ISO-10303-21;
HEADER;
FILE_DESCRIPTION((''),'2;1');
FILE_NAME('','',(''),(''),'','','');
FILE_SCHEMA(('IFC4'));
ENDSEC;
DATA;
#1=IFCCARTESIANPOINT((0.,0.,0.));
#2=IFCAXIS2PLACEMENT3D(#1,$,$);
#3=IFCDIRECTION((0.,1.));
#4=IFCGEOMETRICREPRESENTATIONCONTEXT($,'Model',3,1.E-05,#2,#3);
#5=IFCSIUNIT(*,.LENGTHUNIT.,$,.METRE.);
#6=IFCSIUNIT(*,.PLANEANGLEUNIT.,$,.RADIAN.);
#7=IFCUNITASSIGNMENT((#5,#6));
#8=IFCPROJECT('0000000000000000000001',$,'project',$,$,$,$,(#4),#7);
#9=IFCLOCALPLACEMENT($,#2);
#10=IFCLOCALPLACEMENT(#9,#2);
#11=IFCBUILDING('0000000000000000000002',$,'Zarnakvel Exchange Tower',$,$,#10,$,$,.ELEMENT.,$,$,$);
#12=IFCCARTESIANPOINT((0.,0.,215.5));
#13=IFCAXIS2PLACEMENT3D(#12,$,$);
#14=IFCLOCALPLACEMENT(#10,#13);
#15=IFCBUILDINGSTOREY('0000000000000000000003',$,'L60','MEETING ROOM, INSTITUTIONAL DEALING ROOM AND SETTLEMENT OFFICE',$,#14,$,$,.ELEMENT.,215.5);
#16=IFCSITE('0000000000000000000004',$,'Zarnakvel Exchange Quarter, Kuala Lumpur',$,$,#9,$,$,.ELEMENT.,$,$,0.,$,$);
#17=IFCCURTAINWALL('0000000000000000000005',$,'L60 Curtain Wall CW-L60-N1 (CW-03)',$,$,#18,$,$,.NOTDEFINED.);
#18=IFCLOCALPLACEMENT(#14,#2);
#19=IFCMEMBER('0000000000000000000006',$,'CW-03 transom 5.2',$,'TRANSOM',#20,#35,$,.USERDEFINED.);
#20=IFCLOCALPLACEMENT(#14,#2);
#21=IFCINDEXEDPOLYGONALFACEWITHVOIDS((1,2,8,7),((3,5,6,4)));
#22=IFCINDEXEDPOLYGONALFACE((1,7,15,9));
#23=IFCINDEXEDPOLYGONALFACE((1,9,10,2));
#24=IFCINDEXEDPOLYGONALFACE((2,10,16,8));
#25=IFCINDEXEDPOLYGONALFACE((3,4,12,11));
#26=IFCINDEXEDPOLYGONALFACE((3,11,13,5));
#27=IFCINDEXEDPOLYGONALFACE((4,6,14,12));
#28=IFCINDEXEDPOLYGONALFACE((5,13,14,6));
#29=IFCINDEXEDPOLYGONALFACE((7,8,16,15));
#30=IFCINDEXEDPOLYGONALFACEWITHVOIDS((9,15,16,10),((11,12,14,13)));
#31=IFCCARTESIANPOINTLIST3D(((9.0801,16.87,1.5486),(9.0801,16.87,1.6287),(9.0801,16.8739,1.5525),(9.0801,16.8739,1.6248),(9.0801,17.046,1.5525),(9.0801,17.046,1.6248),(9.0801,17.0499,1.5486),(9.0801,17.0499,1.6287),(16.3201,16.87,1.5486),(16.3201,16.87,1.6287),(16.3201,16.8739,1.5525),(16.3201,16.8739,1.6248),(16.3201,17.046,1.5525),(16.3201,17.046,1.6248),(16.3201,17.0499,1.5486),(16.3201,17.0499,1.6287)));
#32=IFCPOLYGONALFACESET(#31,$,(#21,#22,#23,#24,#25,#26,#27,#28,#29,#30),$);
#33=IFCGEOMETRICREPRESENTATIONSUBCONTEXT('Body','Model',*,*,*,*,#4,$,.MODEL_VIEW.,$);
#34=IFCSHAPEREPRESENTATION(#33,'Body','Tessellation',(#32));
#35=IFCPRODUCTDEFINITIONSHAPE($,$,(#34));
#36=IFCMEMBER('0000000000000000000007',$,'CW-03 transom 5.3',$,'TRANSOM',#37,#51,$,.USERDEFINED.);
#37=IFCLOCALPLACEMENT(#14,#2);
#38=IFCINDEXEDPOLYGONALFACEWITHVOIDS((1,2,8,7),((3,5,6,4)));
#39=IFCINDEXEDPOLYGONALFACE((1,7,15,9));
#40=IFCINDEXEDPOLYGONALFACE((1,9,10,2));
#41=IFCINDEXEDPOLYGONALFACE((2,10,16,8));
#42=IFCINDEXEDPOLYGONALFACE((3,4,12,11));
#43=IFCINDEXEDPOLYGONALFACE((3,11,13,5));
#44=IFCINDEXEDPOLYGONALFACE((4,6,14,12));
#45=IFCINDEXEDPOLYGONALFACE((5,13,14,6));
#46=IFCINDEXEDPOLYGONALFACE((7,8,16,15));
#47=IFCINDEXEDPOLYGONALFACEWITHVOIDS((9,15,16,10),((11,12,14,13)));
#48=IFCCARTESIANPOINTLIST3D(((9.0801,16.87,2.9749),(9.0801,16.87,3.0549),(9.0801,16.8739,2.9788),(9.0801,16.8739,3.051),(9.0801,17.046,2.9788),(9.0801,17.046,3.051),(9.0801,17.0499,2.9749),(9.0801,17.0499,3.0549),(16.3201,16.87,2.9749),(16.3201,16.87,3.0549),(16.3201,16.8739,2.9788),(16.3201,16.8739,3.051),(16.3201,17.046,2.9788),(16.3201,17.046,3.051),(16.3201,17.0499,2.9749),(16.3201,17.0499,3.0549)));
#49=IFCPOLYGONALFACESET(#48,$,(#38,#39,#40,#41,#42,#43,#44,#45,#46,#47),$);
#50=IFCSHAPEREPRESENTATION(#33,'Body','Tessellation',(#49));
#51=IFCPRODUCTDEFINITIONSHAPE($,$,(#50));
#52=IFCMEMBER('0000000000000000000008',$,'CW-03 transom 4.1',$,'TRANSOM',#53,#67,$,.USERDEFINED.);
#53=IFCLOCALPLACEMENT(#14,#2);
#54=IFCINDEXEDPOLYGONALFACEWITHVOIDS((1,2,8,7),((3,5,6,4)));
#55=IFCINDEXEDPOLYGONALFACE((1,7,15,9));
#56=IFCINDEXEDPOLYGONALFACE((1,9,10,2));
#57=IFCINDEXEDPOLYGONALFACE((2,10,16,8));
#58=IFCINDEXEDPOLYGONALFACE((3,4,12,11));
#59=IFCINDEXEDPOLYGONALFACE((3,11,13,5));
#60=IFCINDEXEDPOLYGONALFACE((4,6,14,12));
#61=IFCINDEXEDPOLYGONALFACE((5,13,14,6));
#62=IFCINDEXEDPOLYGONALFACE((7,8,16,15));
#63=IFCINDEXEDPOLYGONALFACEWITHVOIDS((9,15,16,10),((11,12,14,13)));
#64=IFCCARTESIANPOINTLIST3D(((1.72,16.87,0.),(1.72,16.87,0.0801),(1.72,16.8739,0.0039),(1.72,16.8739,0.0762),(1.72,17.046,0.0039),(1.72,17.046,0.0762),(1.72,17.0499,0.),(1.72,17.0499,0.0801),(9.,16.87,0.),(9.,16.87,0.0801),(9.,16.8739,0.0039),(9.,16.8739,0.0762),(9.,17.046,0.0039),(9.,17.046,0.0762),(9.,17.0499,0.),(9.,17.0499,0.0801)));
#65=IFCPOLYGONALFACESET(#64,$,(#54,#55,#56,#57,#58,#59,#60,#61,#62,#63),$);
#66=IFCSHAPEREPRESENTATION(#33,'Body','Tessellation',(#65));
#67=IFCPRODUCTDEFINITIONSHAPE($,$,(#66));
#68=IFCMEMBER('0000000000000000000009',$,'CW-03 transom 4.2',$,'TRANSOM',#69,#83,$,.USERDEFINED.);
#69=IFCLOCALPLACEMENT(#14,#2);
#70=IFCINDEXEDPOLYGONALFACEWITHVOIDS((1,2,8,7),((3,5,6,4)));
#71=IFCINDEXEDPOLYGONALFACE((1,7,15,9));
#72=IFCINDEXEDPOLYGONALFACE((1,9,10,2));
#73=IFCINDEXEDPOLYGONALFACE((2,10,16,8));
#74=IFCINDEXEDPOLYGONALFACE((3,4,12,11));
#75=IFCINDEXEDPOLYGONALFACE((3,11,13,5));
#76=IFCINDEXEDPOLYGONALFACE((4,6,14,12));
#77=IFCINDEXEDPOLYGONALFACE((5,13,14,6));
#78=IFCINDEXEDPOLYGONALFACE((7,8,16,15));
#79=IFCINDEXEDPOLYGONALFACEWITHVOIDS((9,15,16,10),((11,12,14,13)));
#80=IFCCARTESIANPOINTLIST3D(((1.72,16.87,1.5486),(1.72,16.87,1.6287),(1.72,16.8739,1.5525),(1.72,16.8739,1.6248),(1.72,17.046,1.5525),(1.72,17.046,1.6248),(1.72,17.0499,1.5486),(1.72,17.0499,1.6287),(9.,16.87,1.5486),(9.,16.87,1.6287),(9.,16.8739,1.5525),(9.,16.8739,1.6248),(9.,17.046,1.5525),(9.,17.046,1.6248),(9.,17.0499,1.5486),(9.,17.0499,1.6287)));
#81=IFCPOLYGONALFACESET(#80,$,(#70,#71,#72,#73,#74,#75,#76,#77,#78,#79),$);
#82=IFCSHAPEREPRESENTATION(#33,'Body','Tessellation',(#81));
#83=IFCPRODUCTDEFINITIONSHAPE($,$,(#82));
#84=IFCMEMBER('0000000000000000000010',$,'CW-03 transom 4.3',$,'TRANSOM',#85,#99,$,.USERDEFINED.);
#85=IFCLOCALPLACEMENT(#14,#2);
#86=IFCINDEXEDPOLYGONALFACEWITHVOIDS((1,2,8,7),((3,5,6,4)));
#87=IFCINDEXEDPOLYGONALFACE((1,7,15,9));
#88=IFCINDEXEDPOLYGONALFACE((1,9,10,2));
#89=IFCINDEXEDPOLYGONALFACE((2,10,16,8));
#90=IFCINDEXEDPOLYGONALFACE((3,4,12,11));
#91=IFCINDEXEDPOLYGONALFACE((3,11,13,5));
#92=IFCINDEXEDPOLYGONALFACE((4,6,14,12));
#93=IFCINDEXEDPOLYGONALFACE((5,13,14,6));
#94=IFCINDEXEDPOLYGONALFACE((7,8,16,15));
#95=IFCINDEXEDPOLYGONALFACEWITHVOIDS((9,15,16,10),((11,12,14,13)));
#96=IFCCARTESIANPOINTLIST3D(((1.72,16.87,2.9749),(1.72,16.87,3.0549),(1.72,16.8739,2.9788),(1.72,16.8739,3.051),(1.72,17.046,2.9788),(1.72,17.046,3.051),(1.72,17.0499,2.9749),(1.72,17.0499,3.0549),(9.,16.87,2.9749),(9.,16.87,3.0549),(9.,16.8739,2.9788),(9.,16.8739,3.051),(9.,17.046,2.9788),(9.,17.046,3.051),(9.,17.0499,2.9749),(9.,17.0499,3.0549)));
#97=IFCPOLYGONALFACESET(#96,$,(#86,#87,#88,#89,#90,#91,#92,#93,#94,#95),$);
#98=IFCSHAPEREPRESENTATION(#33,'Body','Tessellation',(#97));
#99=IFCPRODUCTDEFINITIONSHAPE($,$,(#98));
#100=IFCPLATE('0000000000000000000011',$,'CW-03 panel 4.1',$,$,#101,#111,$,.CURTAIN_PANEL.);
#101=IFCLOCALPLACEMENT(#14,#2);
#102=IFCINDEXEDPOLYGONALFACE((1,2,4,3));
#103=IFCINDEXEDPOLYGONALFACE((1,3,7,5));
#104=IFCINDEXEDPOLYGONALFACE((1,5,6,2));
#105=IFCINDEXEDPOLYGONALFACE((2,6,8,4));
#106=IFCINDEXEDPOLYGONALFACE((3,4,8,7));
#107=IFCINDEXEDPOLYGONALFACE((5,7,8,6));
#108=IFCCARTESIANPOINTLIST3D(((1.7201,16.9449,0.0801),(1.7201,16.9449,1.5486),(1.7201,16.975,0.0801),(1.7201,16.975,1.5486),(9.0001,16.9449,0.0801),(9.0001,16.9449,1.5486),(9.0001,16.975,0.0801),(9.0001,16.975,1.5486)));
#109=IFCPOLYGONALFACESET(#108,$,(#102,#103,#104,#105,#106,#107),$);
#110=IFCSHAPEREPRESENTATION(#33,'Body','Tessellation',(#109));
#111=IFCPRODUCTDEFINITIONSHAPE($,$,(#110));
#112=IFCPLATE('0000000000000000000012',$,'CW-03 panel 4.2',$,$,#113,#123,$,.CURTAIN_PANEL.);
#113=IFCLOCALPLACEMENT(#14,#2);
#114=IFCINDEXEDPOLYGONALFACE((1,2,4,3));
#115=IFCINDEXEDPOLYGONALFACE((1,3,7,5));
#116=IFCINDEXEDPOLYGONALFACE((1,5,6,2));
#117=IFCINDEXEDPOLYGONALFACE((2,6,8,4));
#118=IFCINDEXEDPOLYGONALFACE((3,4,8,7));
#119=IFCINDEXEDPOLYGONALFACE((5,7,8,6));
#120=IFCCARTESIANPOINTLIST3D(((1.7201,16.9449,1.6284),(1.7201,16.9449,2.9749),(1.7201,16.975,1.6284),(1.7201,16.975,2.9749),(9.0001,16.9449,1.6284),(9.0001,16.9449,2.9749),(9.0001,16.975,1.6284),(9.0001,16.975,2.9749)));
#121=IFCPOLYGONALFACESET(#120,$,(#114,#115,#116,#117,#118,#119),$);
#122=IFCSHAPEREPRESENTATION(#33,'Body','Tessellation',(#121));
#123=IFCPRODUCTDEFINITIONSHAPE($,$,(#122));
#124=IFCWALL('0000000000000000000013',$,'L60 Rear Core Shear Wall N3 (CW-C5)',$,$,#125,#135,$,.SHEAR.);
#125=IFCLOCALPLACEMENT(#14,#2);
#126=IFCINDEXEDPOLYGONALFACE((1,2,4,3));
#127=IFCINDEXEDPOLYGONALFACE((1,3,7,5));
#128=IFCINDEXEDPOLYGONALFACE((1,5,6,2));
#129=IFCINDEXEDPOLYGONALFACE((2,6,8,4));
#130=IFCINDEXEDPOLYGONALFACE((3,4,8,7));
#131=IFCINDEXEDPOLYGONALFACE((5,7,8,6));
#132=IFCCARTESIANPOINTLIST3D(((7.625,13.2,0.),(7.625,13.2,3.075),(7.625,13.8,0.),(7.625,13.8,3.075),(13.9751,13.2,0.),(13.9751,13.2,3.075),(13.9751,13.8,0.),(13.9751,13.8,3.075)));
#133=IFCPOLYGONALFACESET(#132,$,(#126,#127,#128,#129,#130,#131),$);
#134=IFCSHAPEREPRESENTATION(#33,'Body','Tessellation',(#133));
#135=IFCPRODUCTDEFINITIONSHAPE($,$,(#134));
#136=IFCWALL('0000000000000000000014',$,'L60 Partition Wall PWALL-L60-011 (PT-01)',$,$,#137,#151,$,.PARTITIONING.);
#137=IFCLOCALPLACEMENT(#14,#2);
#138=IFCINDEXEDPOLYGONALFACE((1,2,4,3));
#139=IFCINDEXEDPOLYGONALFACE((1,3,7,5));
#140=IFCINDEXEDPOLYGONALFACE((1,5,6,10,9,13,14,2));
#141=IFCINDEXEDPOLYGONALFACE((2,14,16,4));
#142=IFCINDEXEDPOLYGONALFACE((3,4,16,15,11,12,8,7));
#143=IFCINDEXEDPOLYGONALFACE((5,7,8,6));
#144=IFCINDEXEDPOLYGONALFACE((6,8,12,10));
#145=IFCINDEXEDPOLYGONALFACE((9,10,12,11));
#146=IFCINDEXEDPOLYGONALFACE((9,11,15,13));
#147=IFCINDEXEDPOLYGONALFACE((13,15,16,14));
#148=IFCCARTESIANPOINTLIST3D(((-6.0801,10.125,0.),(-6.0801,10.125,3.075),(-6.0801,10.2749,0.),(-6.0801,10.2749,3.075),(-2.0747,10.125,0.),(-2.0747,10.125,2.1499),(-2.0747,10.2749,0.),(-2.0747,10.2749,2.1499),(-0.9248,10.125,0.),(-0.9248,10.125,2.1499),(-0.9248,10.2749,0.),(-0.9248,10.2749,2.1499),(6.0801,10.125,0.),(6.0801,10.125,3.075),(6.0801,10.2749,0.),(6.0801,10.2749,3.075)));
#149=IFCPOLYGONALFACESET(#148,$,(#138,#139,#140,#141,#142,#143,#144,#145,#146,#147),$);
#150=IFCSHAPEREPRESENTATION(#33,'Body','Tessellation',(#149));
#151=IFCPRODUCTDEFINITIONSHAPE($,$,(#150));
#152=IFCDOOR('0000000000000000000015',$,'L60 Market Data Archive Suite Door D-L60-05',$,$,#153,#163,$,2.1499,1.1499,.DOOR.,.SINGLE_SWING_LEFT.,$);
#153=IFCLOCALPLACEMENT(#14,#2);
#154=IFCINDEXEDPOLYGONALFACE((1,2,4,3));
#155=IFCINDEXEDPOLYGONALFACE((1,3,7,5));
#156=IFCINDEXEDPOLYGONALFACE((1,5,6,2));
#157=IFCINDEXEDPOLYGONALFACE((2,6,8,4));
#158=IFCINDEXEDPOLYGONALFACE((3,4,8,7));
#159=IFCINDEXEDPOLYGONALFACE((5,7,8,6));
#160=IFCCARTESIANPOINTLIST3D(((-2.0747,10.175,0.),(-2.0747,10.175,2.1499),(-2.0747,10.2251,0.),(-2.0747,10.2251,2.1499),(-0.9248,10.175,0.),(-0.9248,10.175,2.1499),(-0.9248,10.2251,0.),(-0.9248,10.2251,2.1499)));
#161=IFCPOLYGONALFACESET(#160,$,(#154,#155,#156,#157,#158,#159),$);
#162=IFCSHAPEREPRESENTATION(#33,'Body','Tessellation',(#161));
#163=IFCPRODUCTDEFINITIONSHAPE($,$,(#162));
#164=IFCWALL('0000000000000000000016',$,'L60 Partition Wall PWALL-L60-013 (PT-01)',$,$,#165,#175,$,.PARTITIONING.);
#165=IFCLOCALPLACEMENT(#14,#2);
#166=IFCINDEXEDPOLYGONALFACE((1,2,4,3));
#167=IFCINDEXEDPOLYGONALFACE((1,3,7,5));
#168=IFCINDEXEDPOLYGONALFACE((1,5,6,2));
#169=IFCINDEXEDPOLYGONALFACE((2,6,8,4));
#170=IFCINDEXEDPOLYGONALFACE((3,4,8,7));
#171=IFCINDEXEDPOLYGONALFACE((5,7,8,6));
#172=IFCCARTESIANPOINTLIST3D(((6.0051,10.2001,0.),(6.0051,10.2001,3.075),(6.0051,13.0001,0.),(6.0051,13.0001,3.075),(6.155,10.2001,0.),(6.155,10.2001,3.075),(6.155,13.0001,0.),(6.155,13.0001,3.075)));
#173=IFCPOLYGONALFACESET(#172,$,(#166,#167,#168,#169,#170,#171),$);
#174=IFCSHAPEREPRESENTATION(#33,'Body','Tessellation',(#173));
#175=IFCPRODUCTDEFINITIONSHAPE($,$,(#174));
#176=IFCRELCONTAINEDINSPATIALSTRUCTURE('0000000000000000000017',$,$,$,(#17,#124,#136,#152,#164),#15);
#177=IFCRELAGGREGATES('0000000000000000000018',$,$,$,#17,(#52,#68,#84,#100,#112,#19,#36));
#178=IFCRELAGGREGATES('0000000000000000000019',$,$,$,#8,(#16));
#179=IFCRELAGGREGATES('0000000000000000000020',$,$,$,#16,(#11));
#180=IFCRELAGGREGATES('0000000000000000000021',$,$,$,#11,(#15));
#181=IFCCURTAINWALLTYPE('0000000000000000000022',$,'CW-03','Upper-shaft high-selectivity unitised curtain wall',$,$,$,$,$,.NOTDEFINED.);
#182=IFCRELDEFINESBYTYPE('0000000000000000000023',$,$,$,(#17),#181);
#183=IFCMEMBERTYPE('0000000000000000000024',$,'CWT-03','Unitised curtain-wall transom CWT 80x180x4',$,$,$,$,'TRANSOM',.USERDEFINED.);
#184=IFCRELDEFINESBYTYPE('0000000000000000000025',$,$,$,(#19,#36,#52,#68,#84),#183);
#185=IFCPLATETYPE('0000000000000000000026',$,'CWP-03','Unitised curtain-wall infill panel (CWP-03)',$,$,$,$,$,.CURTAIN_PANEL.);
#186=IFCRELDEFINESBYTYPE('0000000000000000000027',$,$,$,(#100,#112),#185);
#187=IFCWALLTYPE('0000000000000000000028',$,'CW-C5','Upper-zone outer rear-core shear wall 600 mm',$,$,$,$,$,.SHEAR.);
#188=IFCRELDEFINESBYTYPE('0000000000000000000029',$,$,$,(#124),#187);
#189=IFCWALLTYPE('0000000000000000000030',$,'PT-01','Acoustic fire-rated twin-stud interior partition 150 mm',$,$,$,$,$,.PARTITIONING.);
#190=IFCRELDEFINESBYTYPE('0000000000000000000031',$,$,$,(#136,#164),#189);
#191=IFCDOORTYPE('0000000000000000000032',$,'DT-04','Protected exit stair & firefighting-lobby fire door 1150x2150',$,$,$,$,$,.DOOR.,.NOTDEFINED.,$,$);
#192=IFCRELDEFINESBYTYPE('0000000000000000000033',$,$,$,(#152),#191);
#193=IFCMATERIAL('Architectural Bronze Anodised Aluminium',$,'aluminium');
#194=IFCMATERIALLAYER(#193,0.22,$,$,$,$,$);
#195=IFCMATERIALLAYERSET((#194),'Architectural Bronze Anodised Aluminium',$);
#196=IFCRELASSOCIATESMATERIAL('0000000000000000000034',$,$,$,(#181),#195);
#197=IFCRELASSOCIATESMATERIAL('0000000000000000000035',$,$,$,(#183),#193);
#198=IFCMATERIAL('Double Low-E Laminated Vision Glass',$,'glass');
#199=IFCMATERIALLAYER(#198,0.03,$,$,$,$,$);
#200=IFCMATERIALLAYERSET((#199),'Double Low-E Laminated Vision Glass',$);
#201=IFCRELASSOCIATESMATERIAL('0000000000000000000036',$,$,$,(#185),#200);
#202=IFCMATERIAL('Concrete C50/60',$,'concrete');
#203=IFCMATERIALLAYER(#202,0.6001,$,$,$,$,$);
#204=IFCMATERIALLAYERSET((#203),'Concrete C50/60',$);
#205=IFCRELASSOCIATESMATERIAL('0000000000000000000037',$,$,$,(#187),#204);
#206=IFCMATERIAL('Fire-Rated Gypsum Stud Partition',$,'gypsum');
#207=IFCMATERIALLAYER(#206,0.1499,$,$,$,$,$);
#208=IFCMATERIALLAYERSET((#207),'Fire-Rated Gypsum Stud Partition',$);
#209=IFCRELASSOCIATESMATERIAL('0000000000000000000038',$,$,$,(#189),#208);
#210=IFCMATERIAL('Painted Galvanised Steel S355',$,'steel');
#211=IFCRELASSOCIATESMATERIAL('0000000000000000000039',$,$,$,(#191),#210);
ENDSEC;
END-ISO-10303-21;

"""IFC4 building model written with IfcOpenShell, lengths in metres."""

from ifc_helpers import new_model, si_unit, direction, frame, frame_2d, origin, origin_2d, place, context, subcontext, project, spatial, rectangle, hollow_rectangle, extrude, source, transform, mapped, material, layer, layer_set, material_profile, profile_set, type_object, element, fill, aggregate, save


model = new_model("IFC4")

# Units and contexts
model_context = context("Model", 3, precision=1e-05, world=origin(), true_north=direction((0.0, 1.0)))
body_context = subcontext(model_context, "Body", "Model", "MODEL_VIEW")
ifc_project = project(units=[si_unit("LENGTHUNIT", "METRE"), si_unit("PLANEANGLEUNIT", "RADIAN")], contexts=[model_context])

# Site, building, storey
site_placement = place(None, origin())
site = spatial("IfcSite", under=ifc_project, at=site_placement, Name="Zarnakvel Exchange Quarter, Kuala Lumpur", CompositionType="ELEMENT", RefElevation=0.0)
building_placement = place(site_placement, origin())
building = spatial("IfcBuilding", under=site, at=building_placement, Name="Zarnakvel Exchange Tower", CompositionType="ELEMENT")
storey_placement = place(building_placement, frame((0.0, 0.0, 215.5)))
storey = spatial("IfcBuildingStorey", under=building, at=storey_placement, Name="L60", Description="MEETING ROOM, INSTITUTIONAL DEALING ROOM AND SETTLEMENT OFFICE", CompositionType="ELEMENT", Elevation=215.5)

# Shared definitions
ifc_material_1 = material(Name="Concrete C50/60", Category="concrete")

# Curtain wall, members, plates
ifc_material_2 = material(Name="Architectural Bronze Anodised Aluminium", Category="aluminium")
ifc_layer_1 = layer(ifc_material_2, 0.22)
ifc_layer_set_1 = layer_set([ifc_layer_1], Name="Architectural Bronze Anodised Aluminium")
curtain_wall_type = type_object("IfcCurtainWallType", Name="CW-03", Description="Upper-shaft high-selectivity unitised curtain wall", PredefinedType="NOTDEFINED", material=ifc_layer_set_1)
curtain_wall_placement = place(storey_placement, origin())
curtain_wall = element("IfcCurtainWall", 1, at=curtain_wall_placement, inside=storey, type_object=curtain_wall_type, Name="L60 Curtain Wall CW-L60-N1 (CW-03)", PredefinedType="NOTDEFINED")
ifc_material_profile_1 = material_profile(ifc_material_2, hollow_rectangle(XDim=0.1799, YDim=0.0801, WallThickness=0.0039, at=origin_2d()))
ifc_profile_set_1 = profile_set([ifc_material_profile_1], Name="Architectural Bronze Anodised Aluminium")
member_type_1 = type_object("IfcMemberType", Name="CWT-03", Description="Unitised curtain-wall transom CWT 80x180x4", ElementType="TRANSOM", PredefinedType="USERDEFINED", material=ifc_profile_set_1)
shared_shape_1 = source(origin(), body_context, "Body", "SweptSolid", [
    extrude(hollow_rectangle(XDim=0.1799, YDim=0.0801, WallThickness=0.0039, at=origin_2d()), origin(), (0.0, 0.0, 1.0), 7.24),
])
member_1_placement = place(storey_placement, frame((9.0801, 16.96, 1.5886), z_axis=(1.0, 0.0, 0.0), x_axis=(0.0, 1.0, 0.0)))
member_1 = element("IfcMember", 2, at=member_1_placement, type_object=member_type_1, Name="CW-03 transom 5.2", ObjectType="TRANSOM", PredefinedType="USERDEFINED", context=body_context, shape_type="MappedRepresentation", body=[
    mapped(shared_shape_1, transform((0.0, 0.0, 0.0), x_axis=(1.0, 0.0, 0.0), y_axis=(0.0, 1.0, 0.0), z_axis=(0.0, 0.0, 1.0), scale=1.0)),
])
member_2_placement = place(storey_placement, frame((9.0801, 16.96, 3.0149), z_axis=(1.0, 0.0, 0.0), x_axis=(0.0, 1.0, 0.0)))
member_2 = element("IfcMember", 3, at=member_2_placement, type_object=member_type_1, Name="CW-03 transom 5.3", ObjectType="TRANSOM", PredefinedType="USERDEFINED", context=body_context, shape_type="MappedRepresentation", body=[
    mapped(shared_shape_1, transform((0.0, 0.0, 0.0), x_axis=(1.0, 0.0, 0.0), y_axis=(0.0, 1.0, 0.0), z_axis=(0.0, 0.0, 1.0), scale=1.0)),
])
shared_shape_2 = source(origin(), body_context, "Body", "SweptSolid", [
    extrude(hollow_rectangle(XDim=0.1799, YDim=0.0801, WallThickness=0.0039, at=origin_2d()), origin(), (0.0, 0.0, 1.0), 7.28),
])
member_3_placement = place(storey_placement, frame((1.72, 16.96, 0.04), z_axis=(1.0, 0.0, 0.0), x_axis=(0.0, 1.0, 0.0)))
member_3 = element("IfcMember", 4, at=member_3_placement, type_object=member_type_1, Name="CW-03 transom 4.1", ObjectType="TRANSOM", PredefinedType="USERDEFINED", context=body_context, shape_type="MappedRepresentation", body=[
    mapped(shared_shape_2, transform((0.0, 0.0, 0.0), x_axis=(1.0, 0.0, 0.0), y_axis=(0.0, 1.0, 0.0), z_axis=(0.0, 0.0, 1.0), scale=1.0)),
])
member_4_placement = place(storey_placement, frame((1.72, 16.96, 1.5886), z_axis=(1.0, 0.0, 0.0), x_axis=(0.0, 1.0, 0.0)))
member_4 = element("IfcMember", 5, at=member_4_placement, type_object=member_type_1, Name="CW-03 transom 4.2", ObjectType="TRANSOM", PredefinedType="USERDEFINED", context=body_context, shape_type="MappedRepresentation", body=[
    mapped(shared_shape_2, transform((0.0, 0.0, 0.0), x_axis=(1.0, 0.0, 0.0), y_axis=(0.0, 1.0, 0.0), z_axis=(0.0, 0.0, 1.0), scale=1.0)),
])
member_5_placement = place(storey_placement, frame((1.72, 16.96, 3.0149), z_axis=(1.0, 0.0, 0.0), x_axis=(0.0, 1.0, 0.0)))
member_5 = element("IfcMember", 6, at=member_5_placement, type_object=member_type_1, Name="CW-03 transom 4.3", ObjectType="TRANSOM", PredefinedType="USERDEFINED", context=body_context, shape_type="MappedRepresentation", body=[
    mapped(shared_shape_2, transform((0.0, 0.0, 0.0), x_axis=(1.0, 0.0, 0.0), y_axis=(0.0, 1.0, 0.0), z_axis=(0.0, 0.0, 1.0), scale=1.0)),
])
ifc_material_3 = material(Name="Double Low-E Laminated Vision Glass", Category="glass")
ifc_layer_2 = layer(ifc_material_3, 0.03)
ifc_layer_set_2 = layer_set([ifc_layer_2], Name="Double Low-E Laminated Vision Glass")
plate_type = type_object("IfcPlateType", Name="CWP-03", Description="Unitised curtain-wall infill panel (CWP-03)", PredefinedType="CURTAIN_PANEL", material=ifc_layer_set_2)
shared_shape_3 = source(origin(), body_context, "Body", "SweptSolid", [
    extrude(rectangle(XDim=7.28, YDim=0.03, at=origin_2d()), origin(), (0.0, 0.0, 1.0), 1.4685),
])
plate_1_placement = place(storey_placement, frame((5.3601, 16.96, 0.0801), z_axis=(0.0, 0.0, 1.0), x_axis=(1.0, 0.0, 0.0)))
plate_1 = element("IfcPlate", 7, at=plate_1_placement, type_object=plate_type, Name="CW-03 panel 4.1", PredefinedType="CURTAIN_PANEL", context=body_context, shape_type="MappedRepresentation", body=[
    mapped(shared_shape_3, transform((0.0, 0.0, 0.0), x_axis=(1.0, 0.0, 0.0), y_axis=(0.0, 1.0, 0.0), z_axis=(0.0, 0.0, 1.0), scale=1.0)),
])
shared_shape_4 = source(origin(), body_context, "Body", "SweptSolid", [
    extrude(rectangle(XDim=7.28, YDim=0.03, at=origin_2d()), origin(), (0.0, 0.0, 1.0), 1.3464),
])
plate_2_placement = place(storey_placement, frame((5.3601, 16.96, 1.6284), z_axis=(0.0, 0.0, 1.0), x_axis=(1.0, 0.0, 0.0)))
plate_2 = element("IfcPlate", 8, at=plate_2_placement, type_object=plate_type, Name="CW-03 panel 4.2", PredefinedType="CURTAIN_PANEL", context=body_context, shape_type="MappedRepresentation", body=[
    mapped(shared_shape_4, transform((0.0, 0.0, 0.0), x_axis=(1.0, 0.0, 0.0), y_axis=(0.0, 1.0, 0.0), z_axis=(0.0, 0.0, 1.0), scale=1.0)),
])
aggregate(curtain_wall, [member_3, member_4, member_5, plate_1, plate_2, member_1, member_2])

# Wall
ifc_layer_3 = layer(ifc_material_1, 0.6001)
ifc_layer_set_3 = layer_set([ifc_layer_3], Name="Concrete C50/60")
wall_type_1 = type_object("IfcWallType", Name="CW-C5", Description="Upper-zone outer rear-core shear wall 600 mm", PredefinedType="SHEAR", material=ifc_layer_set_3)
wall_1_placement = place(storey_placement, frame((7.625, 13.5, 0.0), z_axis=(0.0, 0.0, 1.0), x_axis=(1.0, 0.0, 0.0)))
element("IfcWall", 9, at=wall_1_placement, inside=storey, type_object=wall_type_1, Name="L60 Rear Core Shear Wall N3 (CW-C5)", PredefinedType="SHEAR", context=body_context, shape_type="SweptSolid", body=[
    extrude(rectangle(XDim=6.3501, YDim=0.6001, at=frame_2d((3.175, 0.0))), origin(), (0.0, 0.0, 1.0), 3.075),
])

# Wall, opening, door
ifc_material_4 = material(Name="Fire-Rated Gypsum Stud Partition", Category="gypsum")
ifc_layer_4 = layer(ifc_material_4, 0.1499)
ifc_layer_set_4 = layer_set([ifc_layer_4], Name="Fire-Rated Gypsum Stud Partition")
wall_type_2 = type_object("IfcWallType", Name="PT-01", Description="Acoustic fire-rated twin-stud interior partition 150 mm", PredefinedType="PARTITIONING", material=ifc_layer_set_4)
wall_2_placement = place(storey_placement, frame((6.0801, 10.2, 0.0), z_axis=(0.0, 0.0, 1.0), x_axis=(-1.0, 0.0, 0.0)))
wall_2 = element("IfcWall", 10, at=wall_2_placement, inside=storey, type_object=wall_type_2, Name="L60 Partition Wall PWALL-L60-011 (PT-01)", PredefinedType="PARTITIONING", context=body_context, shape_type="SweptSolid", body=[
    extrude(rectangle(XDim=12.1602, YDim=0.1499, at=frame_2d((6.0801, 0.0))), origin(), (0.0, 0.0, 1.0), 3.075),
])
opening_1_placement = place(wall_2_placement, frame((7.0049, 0.0, 0.0)))
opening_1 = element("IfcOpeningElement", 11, at=opening_1_placement, cuts=wall_2, PredefinedType="OPENING", context=body_context, shape_type="SweptSolid", body=[
    extrude(rectangle(XDim=1.1499, YDim=2.1499, at=frame_2d((0.575, 1.075))), frame((0.0, 0.085, 0.0), z_axis=(0.0, -1.0, 0.0), x_axis=(1.0, 0.0, 0.0)), (0.0, 0.0, 1.0), 0.1699),
])
ifc_material_5 = material(Name="Painted Galvanised Steel S355", Category="steel")
door_type_1 = type_object("IfcDoorType", Name="DT-04", Description="Protected exit stair & firefighting-lobby fire door 1150x2150", OperationType="NOTDEFINED", PredefinedType="DOOR", material=ifc_material_5)
shared_shape_5 = source(origin(), body_context, "Body", "SweptSolid", [
    extrude(rectangle(XDim=1.1499, YDim=2.1499, at=frame_2d((0.575, 1.075))), frame((0.0, 0.0249, 0.0), z_axis=(0.0, -1.0, 0.0), x_axis=(1.0, 0.0, 0.0)), (0.0, 0.0, 1.0), 0.05),
])
door_1_placement = place(opening_1_placement, origin())
door_1 = element("IfcDoor", 12, at=door_1_placement, inside=storey, type_object=door_type_1, Name="L60 Market Data Archive Suite Door D-L60-05", OperationType="SINGLE_SWING_LEFT", OverallHeight=2.1499, OverallWidth=1.1499, PredefinedType="DOOR", context=body_context, shape_type="MappedRepresentation", body=[
    mapped(shared_shape_5, transform((0.0, 0.0, 0.0), x_axis=(1.0, 0.0, 0.0), y_axis=(0.0, 1.0, 0.0), z_axis=(0.0, 0.0, 1.0), scale=1.0)),
])
fill(opening_1, door_1)

# Wall
wall_3_placement = place(storey_placement, frame((6.0801, 13.0, 0.0), z_axis=(0.0, 0.0, 1.0), x_axis=(0.0, -1.0, 0.0)))
element("IfcWall", 13, at=wall_3_placement, inside=storey, type_object=wall_type_2, Name="L60 Partition Wall PWALL-L60-013 (PT-01)", PredefinedType="PARTITIONING", context=body_context, shape_type="SweptSolid", body=[
    extrude(rectangle(XDim=2.8, YDim=0.1499, at=frame_2d((1.3999, 0.0))), origin(), (0.0, 0.0, 1.0), 3.075),
])

save(model, "model.ifc")
